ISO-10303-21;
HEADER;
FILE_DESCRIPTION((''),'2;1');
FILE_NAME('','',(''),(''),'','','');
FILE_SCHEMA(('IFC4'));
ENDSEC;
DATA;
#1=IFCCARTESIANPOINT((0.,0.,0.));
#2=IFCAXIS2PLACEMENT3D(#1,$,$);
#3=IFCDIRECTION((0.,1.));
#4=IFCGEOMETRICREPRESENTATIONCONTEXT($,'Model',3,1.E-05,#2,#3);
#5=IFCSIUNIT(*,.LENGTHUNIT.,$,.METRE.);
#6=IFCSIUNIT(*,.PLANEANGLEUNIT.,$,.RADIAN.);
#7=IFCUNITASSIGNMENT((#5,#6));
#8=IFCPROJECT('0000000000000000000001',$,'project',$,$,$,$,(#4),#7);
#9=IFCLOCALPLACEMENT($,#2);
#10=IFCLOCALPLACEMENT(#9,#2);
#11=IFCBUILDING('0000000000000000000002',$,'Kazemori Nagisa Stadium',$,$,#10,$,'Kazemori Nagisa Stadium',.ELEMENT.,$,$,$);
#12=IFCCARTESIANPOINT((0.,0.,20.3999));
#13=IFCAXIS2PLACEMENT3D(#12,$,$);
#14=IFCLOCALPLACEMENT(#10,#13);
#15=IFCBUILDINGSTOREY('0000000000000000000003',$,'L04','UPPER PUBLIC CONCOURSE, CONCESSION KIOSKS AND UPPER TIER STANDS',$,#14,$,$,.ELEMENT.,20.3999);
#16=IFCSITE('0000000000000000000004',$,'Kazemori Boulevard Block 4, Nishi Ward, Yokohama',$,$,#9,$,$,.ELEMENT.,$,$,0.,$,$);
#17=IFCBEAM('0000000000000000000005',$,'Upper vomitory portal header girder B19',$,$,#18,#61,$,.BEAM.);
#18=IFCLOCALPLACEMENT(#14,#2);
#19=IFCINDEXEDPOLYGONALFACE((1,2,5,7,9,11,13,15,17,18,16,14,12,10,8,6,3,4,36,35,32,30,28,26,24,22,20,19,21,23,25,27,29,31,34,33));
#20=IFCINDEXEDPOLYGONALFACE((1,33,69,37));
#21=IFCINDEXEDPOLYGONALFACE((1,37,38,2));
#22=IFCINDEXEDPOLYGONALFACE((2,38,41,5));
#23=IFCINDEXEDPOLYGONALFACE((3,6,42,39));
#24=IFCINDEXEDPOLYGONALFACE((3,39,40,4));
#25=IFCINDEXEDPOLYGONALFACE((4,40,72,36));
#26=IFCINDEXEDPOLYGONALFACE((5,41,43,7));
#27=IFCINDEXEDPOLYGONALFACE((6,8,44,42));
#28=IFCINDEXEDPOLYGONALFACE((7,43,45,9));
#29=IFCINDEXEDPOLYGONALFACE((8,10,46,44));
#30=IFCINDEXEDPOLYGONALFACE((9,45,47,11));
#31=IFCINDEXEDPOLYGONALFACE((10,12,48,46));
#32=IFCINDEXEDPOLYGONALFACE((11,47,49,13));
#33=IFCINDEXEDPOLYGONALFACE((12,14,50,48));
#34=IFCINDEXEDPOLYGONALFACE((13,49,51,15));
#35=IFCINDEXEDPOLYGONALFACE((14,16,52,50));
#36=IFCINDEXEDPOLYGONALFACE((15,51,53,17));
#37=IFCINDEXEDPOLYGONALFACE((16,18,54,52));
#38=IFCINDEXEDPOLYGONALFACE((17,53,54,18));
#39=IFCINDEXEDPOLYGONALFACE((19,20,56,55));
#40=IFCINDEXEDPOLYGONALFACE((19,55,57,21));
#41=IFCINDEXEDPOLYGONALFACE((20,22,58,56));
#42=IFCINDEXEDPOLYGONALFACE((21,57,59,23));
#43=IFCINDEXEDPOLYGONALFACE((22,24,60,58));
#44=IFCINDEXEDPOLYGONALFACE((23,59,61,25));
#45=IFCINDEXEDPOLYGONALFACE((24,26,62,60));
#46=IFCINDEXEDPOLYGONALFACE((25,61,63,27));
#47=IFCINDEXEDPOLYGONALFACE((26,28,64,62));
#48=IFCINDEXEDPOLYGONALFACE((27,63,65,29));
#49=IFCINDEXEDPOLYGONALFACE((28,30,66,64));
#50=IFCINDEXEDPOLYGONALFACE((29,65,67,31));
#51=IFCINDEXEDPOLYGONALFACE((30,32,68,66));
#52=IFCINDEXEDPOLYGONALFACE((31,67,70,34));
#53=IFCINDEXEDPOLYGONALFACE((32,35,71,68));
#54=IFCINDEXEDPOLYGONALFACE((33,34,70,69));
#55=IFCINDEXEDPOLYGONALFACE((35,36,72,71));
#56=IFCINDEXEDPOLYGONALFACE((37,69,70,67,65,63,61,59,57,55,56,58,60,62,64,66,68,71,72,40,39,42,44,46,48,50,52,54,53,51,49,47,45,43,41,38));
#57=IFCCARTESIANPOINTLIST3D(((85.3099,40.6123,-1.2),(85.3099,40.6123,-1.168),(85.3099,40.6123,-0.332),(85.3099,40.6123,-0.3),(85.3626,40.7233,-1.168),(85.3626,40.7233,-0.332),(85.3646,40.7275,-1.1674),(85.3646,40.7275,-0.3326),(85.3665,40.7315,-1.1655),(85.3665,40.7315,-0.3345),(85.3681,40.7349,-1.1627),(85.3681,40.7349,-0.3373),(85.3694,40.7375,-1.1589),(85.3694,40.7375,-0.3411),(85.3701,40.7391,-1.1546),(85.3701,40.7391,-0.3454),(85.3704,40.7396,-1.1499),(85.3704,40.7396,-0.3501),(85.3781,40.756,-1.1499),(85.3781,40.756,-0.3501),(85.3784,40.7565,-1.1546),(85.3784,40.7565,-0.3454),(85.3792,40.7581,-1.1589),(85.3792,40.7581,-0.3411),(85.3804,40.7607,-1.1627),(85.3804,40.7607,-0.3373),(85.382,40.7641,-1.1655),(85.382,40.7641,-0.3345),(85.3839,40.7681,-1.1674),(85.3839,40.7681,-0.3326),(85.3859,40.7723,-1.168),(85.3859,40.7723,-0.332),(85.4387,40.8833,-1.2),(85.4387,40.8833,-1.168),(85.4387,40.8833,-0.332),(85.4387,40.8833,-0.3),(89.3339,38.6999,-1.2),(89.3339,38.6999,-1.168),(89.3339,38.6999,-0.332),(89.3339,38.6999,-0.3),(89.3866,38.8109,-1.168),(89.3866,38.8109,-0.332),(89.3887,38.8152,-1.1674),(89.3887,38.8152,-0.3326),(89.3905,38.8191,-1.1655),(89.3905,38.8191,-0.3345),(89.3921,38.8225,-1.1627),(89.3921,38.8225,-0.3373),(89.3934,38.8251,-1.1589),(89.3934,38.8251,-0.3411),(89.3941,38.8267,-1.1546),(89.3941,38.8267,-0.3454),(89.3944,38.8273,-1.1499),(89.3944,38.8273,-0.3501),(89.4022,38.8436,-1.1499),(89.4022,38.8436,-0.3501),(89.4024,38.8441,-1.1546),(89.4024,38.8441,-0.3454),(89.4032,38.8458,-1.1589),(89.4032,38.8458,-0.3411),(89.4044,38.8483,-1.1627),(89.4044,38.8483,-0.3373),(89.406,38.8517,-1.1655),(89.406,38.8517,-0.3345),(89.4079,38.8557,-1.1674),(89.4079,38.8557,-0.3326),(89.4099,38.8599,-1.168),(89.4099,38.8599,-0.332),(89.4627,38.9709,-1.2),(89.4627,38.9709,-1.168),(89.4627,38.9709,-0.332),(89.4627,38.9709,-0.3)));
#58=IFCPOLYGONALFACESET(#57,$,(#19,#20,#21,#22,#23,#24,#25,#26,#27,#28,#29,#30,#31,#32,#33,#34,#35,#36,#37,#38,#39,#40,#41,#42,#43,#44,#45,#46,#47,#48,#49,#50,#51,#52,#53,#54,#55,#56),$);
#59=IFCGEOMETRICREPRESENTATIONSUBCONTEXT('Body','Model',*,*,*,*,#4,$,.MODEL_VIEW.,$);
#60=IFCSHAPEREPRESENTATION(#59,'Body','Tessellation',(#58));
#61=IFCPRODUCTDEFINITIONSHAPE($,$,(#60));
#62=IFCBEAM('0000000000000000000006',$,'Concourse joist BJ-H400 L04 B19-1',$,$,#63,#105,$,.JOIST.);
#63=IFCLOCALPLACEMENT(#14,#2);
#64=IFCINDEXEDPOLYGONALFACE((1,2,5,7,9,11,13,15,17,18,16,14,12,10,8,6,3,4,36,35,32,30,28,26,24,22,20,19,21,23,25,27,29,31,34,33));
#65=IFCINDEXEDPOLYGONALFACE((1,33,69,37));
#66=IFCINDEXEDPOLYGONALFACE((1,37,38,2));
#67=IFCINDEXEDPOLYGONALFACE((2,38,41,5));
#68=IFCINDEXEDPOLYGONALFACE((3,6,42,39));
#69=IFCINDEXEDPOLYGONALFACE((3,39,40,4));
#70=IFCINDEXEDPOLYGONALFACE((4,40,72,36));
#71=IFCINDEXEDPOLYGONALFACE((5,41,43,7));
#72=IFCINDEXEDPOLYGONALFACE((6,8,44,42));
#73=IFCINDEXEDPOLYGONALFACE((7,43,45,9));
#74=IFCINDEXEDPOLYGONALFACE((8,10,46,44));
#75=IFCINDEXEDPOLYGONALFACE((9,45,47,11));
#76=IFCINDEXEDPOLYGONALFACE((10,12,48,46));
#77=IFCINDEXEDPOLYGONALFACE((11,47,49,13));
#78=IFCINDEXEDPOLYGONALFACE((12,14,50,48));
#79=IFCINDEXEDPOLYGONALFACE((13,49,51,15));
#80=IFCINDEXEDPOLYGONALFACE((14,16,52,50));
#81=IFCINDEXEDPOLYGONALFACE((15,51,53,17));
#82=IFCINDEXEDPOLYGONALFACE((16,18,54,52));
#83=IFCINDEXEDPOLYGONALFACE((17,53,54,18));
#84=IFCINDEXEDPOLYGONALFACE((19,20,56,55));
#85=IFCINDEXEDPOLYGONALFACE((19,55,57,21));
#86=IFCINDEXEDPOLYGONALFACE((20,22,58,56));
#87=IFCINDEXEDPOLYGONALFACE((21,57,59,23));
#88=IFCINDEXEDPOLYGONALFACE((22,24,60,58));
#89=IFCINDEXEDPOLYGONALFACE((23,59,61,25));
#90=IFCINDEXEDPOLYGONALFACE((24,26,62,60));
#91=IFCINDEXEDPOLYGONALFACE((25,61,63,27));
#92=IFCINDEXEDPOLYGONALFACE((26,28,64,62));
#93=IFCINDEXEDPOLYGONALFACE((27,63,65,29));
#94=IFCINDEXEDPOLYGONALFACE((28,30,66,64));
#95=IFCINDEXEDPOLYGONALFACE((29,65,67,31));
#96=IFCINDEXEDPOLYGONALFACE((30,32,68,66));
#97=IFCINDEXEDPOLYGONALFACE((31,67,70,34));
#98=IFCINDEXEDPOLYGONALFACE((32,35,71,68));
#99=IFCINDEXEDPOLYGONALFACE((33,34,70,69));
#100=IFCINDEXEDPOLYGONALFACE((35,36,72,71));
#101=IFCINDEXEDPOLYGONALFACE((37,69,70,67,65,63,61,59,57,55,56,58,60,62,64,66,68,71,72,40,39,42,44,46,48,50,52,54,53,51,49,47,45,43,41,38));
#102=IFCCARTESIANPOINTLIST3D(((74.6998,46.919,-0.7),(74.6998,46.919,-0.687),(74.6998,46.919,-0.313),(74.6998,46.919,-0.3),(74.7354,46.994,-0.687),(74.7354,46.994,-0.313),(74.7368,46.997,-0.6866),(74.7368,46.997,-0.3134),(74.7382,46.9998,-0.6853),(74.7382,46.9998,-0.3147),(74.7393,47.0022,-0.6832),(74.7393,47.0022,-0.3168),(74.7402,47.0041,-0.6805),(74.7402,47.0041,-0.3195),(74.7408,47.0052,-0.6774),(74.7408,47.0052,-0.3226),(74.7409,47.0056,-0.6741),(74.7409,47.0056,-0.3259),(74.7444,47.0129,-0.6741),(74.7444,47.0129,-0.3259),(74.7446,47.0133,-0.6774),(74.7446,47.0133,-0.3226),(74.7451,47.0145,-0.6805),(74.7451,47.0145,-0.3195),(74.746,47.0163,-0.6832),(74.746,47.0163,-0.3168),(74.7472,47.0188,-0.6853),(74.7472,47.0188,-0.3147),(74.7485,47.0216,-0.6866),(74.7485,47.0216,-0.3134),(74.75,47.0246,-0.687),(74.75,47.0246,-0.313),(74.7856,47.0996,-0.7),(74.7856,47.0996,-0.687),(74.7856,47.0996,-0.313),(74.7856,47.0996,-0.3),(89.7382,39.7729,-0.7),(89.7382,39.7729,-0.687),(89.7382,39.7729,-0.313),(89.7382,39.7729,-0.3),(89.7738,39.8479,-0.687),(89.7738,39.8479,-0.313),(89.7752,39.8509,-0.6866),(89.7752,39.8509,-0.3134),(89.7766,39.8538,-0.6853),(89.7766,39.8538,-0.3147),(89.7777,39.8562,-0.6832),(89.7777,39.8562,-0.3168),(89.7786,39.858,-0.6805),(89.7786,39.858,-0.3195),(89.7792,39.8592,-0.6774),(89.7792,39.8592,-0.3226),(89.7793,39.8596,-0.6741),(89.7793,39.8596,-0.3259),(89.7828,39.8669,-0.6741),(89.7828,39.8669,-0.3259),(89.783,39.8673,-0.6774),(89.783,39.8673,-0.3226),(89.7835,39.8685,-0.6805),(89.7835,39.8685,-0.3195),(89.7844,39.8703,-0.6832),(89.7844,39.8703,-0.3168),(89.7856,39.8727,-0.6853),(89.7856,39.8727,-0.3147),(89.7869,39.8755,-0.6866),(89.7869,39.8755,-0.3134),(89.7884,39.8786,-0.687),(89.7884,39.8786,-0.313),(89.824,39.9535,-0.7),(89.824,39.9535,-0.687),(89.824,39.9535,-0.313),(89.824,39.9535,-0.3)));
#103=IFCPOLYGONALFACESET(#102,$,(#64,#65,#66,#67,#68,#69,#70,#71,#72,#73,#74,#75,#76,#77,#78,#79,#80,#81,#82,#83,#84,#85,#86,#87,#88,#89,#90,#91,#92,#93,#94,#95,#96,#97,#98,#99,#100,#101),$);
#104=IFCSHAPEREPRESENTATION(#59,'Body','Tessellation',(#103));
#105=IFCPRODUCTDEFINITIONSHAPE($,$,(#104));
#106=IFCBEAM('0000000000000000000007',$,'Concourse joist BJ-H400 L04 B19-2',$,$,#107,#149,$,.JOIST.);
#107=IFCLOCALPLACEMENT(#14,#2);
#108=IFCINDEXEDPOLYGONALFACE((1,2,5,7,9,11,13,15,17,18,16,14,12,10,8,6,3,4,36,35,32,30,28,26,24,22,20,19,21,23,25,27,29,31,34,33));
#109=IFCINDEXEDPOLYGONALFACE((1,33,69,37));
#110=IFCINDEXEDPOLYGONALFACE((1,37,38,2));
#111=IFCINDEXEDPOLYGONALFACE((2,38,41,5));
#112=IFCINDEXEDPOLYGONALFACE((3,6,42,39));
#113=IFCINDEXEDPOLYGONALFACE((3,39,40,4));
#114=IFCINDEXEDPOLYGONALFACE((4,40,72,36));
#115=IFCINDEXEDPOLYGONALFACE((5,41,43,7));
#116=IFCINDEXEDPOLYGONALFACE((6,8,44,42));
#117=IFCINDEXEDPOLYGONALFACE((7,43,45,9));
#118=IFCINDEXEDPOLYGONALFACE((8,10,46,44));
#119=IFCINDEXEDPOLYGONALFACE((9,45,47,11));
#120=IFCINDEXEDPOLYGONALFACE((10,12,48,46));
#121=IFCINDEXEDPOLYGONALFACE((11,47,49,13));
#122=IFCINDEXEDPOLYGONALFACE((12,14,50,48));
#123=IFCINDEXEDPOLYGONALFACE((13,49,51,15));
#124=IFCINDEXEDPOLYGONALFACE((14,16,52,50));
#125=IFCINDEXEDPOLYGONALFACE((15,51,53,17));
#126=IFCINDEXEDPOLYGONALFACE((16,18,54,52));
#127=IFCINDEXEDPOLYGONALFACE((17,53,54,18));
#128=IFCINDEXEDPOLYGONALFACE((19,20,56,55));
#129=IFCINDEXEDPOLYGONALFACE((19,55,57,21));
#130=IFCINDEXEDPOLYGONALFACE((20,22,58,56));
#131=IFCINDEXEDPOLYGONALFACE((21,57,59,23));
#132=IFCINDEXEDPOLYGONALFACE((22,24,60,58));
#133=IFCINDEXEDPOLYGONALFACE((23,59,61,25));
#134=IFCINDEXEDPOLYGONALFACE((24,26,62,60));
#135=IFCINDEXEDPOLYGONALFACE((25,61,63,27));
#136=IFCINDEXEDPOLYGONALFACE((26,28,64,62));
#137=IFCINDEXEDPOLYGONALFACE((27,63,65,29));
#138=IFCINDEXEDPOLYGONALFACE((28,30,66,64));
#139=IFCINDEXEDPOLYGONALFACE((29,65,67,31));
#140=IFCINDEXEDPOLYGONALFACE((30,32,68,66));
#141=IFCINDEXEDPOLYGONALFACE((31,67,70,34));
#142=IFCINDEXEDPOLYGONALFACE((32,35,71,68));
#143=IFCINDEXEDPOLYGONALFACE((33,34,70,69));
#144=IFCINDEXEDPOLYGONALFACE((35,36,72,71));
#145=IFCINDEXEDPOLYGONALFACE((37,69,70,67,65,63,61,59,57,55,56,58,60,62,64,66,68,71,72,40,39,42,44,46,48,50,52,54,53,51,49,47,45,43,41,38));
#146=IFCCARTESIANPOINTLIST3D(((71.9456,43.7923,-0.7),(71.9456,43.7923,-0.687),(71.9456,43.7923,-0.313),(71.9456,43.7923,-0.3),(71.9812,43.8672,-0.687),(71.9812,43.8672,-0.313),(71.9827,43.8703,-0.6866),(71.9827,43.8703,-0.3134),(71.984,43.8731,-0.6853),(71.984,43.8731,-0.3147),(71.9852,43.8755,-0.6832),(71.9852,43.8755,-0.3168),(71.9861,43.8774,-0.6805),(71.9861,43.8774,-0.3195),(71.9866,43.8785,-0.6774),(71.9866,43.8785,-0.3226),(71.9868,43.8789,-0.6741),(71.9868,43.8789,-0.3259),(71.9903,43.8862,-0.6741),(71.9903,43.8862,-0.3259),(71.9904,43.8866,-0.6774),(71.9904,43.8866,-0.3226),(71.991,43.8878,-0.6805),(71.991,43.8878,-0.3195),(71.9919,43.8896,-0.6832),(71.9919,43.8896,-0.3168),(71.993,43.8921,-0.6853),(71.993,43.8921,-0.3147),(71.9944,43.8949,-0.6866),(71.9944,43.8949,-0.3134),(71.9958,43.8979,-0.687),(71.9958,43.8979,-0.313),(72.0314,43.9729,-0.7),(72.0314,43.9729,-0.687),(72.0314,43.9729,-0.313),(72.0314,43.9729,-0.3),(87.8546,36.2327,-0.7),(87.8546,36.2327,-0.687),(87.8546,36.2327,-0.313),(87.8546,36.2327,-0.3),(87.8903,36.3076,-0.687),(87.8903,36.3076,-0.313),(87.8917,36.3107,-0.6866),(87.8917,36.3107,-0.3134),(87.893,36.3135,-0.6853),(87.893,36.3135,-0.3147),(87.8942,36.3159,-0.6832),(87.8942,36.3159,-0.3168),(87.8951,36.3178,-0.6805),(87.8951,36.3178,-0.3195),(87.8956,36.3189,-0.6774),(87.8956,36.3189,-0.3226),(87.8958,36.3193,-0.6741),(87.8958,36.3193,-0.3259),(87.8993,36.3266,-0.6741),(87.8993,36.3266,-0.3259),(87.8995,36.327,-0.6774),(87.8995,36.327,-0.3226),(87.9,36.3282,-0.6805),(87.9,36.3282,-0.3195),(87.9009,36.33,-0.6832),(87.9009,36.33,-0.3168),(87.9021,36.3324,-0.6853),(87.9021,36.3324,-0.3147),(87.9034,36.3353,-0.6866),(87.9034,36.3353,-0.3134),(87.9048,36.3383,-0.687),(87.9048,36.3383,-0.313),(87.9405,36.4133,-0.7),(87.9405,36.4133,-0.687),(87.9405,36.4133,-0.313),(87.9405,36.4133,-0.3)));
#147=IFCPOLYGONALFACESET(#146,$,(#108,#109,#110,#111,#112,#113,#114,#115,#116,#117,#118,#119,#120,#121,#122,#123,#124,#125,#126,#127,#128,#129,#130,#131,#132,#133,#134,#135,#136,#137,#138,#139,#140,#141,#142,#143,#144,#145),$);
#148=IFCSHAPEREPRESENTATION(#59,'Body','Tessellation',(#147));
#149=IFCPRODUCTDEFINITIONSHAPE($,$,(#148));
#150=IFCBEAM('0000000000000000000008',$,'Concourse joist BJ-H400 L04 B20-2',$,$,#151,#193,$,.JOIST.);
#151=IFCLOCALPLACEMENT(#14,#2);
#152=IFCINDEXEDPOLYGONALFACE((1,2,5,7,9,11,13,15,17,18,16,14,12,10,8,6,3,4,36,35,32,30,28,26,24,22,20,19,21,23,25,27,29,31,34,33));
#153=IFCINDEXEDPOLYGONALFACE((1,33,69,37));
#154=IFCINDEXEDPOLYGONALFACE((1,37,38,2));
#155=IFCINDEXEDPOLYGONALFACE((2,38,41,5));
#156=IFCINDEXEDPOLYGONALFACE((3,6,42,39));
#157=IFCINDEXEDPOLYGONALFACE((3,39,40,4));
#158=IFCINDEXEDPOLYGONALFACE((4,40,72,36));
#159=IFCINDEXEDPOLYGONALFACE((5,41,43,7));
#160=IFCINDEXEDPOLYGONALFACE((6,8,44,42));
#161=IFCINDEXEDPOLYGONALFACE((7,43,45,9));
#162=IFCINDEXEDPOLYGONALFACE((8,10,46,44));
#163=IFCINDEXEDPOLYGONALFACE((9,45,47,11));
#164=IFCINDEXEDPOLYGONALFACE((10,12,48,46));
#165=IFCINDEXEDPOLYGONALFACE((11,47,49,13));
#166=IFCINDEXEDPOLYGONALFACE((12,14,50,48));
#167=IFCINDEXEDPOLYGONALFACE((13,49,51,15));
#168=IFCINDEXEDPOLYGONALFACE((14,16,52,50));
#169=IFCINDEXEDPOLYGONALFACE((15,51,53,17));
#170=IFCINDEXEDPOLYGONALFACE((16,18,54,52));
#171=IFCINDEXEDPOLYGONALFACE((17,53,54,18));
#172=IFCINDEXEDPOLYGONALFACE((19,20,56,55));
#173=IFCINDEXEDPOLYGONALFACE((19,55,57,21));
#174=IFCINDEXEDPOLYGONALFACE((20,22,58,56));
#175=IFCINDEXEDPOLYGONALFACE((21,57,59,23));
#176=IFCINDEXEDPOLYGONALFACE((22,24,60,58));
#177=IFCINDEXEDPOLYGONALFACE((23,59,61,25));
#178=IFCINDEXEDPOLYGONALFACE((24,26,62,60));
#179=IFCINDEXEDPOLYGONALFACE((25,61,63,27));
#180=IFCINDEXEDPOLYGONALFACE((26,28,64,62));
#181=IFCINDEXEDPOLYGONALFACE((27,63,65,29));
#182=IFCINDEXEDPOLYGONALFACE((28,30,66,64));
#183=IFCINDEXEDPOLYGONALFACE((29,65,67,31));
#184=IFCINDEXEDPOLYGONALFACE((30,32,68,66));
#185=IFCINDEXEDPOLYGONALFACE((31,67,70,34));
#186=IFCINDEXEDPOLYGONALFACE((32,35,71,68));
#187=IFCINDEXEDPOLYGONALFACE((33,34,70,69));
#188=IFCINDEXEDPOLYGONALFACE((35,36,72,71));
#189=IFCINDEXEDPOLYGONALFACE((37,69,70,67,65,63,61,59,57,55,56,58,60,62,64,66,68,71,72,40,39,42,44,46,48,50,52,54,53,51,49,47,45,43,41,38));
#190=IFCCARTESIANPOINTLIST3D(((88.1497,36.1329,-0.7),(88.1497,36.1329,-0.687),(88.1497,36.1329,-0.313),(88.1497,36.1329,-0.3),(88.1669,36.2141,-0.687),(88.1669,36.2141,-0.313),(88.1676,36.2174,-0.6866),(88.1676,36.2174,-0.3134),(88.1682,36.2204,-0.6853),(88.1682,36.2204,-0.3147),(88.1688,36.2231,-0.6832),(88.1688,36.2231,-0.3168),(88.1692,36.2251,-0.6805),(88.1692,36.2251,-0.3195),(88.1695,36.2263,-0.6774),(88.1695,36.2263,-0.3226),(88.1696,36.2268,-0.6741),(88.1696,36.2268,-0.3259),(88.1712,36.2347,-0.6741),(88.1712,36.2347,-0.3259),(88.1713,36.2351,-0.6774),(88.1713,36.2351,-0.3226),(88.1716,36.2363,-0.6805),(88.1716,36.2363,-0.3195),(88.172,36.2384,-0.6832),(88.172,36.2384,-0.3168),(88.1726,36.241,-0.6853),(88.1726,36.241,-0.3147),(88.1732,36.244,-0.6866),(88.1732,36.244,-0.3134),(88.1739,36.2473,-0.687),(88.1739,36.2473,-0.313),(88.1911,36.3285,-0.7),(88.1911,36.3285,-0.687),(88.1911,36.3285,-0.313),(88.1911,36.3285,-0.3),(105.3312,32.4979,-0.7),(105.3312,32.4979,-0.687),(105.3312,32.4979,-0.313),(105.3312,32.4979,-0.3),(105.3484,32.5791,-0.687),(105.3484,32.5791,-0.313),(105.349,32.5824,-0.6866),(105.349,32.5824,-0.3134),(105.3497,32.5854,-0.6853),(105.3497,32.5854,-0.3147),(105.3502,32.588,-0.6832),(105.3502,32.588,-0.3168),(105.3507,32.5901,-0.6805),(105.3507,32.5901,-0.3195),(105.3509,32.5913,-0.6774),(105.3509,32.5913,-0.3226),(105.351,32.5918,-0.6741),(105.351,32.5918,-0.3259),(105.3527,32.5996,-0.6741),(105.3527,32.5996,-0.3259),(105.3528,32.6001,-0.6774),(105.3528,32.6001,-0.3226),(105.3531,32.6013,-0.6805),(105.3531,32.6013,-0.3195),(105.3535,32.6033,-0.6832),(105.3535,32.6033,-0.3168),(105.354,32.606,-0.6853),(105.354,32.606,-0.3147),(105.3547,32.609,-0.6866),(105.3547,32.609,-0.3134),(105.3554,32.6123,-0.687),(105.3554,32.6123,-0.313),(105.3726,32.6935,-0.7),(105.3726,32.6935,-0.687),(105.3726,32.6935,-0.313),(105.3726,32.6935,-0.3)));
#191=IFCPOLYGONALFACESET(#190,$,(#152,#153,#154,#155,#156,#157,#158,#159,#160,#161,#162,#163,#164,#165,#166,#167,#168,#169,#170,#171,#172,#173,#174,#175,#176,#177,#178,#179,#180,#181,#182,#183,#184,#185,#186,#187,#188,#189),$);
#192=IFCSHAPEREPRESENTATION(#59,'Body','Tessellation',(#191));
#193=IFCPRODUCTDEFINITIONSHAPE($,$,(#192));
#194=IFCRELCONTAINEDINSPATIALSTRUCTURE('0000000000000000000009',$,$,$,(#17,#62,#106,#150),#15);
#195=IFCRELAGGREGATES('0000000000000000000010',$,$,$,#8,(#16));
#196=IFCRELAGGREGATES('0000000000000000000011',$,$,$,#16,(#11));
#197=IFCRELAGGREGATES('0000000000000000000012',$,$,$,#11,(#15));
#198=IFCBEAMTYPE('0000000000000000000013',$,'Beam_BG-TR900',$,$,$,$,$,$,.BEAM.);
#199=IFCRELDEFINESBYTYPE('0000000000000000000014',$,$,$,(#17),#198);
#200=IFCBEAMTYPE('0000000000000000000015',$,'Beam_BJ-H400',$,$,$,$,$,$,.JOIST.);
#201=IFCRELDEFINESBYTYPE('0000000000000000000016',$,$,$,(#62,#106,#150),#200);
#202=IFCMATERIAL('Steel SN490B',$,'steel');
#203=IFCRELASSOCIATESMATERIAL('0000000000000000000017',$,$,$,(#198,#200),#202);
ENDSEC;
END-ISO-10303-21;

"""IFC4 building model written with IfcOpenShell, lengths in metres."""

from ifc_helpers import new_model, si_unit, direction, frame, origin, origin_2d, place, context, subcontext, project, spatial, i_section, extrude, material, material_profile, profile_set, type_object, element, save


model = new_model("IFC4")

# Units and contexts
model_context = context("Model", 3, precision=1e-05, world=origin(), true_north=direction((0.0, 1.0)))
body_context = subcontext(model_context, "Body", "Model", "MODEL_VIEW")
ifc_project = project(units=[si_unit("LENGTHUNIT", "METRE"), si_unit("PLANEANGLEUNIT", "RADIAN")], contexts=[model_context])

# Site, building, storey
site_placement = place(None, origin())
site = spatial("IfcSite", under=ifc_project, at=site_placement, Name="Kazemori Boulevard Block 4, Nishi Ward, Yokohama", CompositionType="ELEMENT", RefElevation=0.0)
building_placement = place(site_placement, origin())
building = spatial("IfcBuilding", under=site, at=building_placement, Name="Kazemori Nagisa Stadium", LongName="Kazemori Nagisa Stadium", CompositionType="ELEMENT")
storey_placement = place(building_placement, frame((0.0, 0.0, 20.3999)))
storey = spatial("IfcBuildingStorey", under=building, at=storey_placement, Name="L04", Description="UPPER PUBLIC CONCOURSE, CONCESSION KIOSKS AND UPPER TIER STANDS", CompositionType="ELEMENT", Elevation=20.3999)

# Beams
ifc_material_1 = material(Name="Steel SN490B", Category="steel")
ifc_material_profile_1 = material_profile(ifc_material_1, i_section(OverallWidth=0.3, OverallDepth=0.8999, WebThickness=0.0181, FlangeThickness=0.032, FilletRadius=0.0181, at=origin_2d()), Name="H-900x300x18x32")
ifc_profile_set_1 = profile_set([ifc_material_profile_1], Name="Steel SN490B")
beam_type_1 = type_object("IfcBeamType", Name="Beam_BG-TR900", PredefinedType="BEAM", material=ifc_profile_set_1)
beam_1_placement = place(storey_placement, frame((85.3743, 40.7478, -0.75), z_axis=(0.903191, -0.429238, 0.0), x_axis=(0.429238, 0.903191, 0.0)))
element("IfcBeam", 1, at=beam_1_placement, inside=storey, type_object=beam_type_1, Name="Upper vomitory portal header girder B19", PredefinedType="BEAM", context=body_context, shape_type="SweptSolid", body=[
    extrude(i_section(OverallWidth=0.3, OverallDepth=0.8999, WebThickness=0.0181, FlangeThickness=0.032, FilletRadius=0.0181, at=origin_2d()), origin(), (0.0, 0.0, 1.0), 4.4553),
])
ifc_material_profile_2 = material_profile(ifc_material_1, i_section(OverallWidth=0.2, OverallDepth=0.3999, WebThickness=0.0081, FlangeThickness=0.0129, FilletRadius=0.0129, at=origin_2d()), Name="H-400x200x8x13")
ifc_profile_set_2 = profile_set([ifc_material_profile_2], Name="Steel SN490B")
beam_type_2 = type_object("IfcBeamType", Name="Beam_BJ-H400", PredefinedType="JOIST", material=ifc_profile_set_2)
beam_2_placement = place(storey_placement, frame((74.7427, 47.0093, -0.5), z_axis=(0.903213, -0.429193, 0.0), x_axis=(0.429193, 0.903213, 0.0)))
element("IfcBeam", 2, at=beam_2_placement, inside=storey, type_object=beam_type_2, Name="Concourse joist BJ-H400 L04 B19-1", PredefinedType="JOIST", context=body_context, shape_type="SweptSolid", body=[
    extrude(i_section(OverallWidth=0.2, OverallDepth=0.3999, WebThickness=0.0081, FlangeThickness=0.0129, FilletRadius=0.0129, at=origin_2d()), origin(), (0.0, 0.0, 1.0), 16.6499),
])
beam_3_placement = place(storey_placement, frame((71.9885, 43.8826, -0.5), z_axis=(0.903215, -0.429188, 0.0), x_axis=(0.429188, 0.903215, 0.0)))
element("IfcBeam", 3, at=beam_3_placement, inside=storey, type_object=beam_type_2, Name="Concourse joist BJ-H400 L04 B19-2", PredefinedType="JOIST", context=body_context, shape_type="SweptSolid", body=[
    extrude(i_section(OverallWidth=0.2, OverallDepth=0.3999, WebThickness=0.0081, FlangeThickness=0.0129, FilletRadius=0.0129, at=origin_2d()), origin(), (0.0, 0.0, 1.0), 17.6138),
])
beam_4_placement = place(storey_placement, frame((88.1704, 36.2307, -0.5), z_axis=(0.978344, -0.206985, 0.0), x_axis=(0.206985, 0.978344, 0.0)))
element("IfcBeam", 4, at=beam_4_placement, inside=storey, type_object=beam_type_2, Name="Concourse joist BJ-H400 L04 B20-2", PredefinedType="JOIST", context=body_context, shape_type="SweptSolid", body=[
    extrude(i_section(OverallWidth=0.2, OverallDepth=0.3999, WebThickness=0.0081, FlangeThickness=0.0129, FilletRadius=0.0129, at=origin_2d()), origin(), (0.0, 0.0, 1.0), 17.5618),
])

save(model, "model.ifc")
